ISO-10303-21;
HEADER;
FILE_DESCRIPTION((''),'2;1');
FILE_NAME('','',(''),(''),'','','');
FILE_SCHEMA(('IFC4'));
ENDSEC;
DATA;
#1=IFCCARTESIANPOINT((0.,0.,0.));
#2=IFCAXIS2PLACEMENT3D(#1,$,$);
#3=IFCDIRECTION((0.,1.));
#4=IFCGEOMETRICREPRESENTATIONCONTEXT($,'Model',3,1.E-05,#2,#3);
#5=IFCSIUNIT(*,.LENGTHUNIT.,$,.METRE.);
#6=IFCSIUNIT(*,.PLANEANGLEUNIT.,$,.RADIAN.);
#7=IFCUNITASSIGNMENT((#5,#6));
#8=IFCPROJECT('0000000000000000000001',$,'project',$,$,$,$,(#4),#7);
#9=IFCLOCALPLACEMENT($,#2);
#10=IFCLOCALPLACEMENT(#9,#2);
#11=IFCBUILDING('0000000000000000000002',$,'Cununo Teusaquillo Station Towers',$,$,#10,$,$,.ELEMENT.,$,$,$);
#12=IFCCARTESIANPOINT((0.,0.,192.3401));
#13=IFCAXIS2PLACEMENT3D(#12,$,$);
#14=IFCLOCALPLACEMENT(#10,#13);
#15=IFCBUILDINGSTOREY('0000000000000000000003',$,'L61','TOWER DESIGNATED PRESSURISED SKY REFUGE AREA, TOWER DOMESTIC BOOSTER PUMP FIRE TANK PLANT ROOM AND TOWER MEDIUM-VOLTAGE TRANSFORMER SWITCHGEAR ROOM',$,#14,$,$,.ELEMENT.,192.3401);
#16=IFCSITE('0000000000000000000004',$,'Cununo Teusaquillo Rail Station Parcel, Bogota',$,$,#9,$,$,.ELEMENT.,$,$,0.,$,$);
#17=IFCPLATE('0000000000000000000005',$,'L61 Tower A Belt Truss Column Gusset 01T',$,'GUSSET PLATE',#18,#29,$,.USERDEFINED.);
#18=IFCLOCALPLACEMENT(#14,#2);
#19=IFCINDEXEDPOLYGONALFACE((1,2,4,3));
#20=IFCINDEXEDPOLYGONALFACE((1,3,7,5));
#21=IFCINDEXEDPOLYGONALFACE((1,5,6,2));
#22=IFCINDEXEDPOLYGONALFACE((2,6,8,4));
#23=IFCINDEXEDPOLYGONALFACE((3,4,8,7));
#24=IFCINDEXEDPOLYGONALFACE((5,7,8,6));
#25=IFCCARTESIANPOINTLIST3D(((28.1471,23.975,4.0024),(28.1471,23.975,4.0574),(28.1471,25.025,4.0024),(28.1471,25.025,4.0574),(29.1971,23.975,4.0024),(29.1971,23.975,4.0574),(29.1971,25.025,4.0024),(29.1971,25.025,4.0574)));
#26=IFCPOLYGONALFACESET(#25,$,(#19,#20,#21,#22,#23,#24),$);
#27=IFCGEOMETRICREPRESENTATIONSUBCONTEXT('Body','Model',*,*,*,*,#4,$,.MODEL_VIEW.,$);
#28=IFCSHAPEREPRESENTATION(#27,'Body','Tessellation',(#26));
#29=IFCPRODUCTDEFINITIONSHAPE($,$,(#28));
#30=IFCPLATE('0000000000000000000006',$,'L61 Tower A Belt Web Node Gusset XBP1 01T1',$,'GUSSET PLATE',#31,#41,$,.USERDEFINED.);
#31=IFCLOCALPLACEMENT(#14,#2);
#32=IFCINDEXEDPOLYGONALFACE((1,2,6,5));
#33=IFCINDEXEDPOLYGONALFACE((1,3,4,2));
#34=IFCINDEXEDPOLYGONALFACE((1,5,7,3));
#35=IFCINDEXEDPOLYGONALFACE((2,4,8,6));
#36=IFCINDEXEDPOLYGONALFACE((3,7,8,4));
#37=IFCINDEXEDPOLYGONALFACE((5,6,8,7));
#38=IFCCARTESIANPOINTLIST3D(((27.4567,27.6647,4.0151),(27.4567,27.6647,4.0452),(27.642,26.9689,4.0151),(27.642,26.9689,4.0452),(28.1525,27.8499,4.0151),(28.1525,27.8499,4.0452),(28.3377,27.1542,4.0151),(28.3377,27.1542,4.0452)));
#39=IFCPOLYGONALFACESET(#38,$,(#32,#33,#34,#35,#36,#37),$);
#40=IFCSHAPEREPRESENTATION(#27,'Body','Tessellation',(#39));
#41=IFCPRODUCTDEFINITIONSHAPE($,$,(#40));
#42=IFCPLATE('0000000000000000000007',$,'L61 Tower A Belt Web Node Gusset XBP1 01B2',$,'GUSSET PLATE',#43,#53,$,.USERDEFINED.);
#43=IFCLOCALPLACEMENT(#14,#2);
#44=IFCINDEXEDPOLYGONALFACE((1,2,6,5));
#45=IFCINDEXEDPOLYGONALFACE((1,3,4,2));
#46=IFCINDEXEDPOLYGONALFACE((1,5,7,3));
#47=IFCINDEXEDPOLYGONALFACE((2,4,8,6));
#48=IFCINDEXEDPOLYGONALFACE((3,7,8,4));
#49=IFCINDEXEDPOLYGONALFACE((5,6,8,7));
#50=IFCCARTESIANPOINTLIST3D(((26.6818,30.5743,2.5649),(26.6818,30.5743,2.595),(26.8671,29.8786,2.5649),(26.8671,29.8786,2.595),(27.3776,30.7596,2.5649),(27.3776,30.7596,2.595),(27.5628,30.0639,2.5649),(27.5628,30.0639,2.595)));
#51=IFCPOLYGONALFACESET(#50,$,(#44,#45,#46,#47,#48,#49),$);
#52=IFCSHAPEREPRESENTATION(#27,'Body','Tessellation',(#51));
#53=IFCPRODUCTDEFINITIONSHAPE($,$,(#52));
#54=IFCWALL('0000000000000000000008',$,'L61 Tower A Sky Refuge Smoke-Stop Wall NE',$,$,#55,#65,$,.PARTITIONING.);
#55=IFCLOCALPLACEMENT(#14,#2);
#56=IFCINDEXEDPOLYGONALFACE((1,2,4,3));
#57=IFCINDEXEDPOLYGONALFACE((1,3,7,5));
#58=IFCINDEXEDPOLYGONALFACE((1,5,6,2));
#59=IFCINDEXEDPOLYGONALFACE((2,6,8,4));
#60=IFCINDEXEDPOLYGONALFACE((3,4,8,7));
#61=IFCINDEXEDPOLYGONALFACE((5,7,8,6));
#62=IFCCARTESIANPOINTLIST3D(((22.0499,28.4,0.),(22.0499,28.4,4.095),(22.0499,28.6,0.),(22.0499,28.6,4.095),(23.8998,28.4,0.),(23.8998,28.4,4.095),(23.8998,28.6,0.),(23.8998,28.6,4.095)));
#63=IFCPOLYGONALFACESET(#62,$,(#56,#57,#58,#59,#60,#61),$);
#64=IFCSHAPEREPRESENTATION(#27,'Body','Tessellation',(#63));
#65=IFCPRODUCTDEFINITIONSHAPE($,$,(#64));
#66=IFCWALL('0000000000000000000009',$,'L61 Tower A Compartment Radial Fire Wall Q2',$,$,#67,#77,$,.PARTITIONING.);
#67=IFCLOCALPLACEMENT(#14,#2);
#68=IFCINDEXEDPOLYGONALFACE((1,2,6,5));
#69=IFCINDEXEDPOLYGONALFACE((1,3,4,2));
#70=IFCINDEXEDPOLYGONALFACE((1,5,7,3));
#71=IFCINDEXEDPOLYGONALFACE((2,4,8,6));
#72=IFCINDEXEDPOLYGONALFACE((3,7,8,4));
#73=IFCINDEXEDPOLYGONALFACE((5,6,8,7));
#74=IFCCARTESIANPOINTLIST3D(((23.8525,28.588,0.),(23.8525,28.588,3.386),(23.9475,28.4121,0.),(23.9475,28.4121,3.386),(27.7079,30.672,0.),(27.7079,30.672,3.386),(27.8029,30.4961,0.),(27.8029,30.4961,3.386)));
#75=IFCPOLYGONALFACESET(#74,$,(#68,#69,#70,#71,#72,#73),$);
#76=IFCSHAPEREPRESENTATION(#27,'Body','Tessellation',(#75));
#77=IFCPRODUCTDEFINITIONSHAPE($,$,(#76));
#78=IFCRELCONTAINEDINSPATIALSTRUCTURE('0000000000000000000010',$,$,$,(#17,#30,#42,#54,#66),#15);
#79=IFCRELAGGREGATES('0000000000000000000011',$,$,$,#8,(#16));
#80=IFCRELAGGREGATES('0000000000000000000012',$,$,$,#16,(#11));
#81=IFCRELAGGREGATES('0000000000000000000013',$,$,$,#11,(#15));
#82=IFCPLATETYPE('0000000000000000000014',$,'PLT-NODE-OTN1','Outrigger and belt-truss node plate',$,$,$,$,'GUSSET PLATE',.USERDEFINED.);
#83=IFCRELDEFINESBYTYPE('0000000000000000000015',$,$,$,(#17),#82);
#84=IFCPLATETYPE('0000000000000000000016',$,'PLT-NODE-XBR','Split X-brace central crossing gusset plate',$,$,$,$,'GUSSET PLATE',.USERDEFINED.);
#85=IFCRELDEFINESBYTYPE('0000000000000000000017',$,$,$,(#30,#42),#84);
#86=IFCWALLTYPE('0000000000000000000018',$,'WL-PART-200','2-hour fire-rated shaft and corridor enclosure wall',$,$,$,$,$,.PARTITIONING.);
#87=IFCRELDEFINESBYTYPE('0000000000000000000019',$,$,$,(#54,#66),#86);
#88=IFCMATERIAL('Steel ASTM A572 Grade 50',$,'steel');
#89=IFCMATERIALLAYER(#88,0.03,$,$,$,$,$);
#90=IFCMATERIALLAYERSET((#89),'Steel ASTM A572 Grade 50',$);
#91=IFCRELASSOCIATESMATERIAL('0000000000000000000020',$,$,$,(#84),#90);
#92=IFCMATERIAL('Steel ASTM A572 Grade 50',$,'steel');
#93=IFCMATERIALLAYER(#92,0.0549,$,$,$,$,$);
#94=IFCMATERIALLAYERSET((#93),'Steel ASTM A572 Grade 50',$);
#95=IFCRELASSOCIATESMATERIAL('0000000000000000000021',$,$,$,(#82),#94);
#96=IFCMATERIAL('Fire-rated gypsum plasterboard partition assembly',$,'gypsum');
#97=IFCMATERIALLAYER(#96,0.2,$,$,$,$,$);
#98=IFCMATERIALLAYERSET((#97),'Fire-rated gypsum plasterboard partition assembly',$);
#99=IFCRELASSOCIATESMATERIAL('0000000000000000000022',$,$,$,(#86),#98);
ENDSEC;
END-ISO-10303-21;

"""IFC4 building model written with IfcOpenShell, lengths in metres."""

from ifc_helpers import new_model, si_unit, direction, frame, frame_2d, origin, origin_2d, place, context, subcontext, project, spatial, rectangle, extrude, source, transform, mapped, material, layer, layer_set, type_object, element, save


model = new_model("IFC4")

# Units and contexts
model_context = context("Model", 3, precision=1e-05, world=origin(), true_north=direction((0.0, 1.0)))
body_context = subcontext(model_context, "Body", "Model", "MODEL_VIEW")
ifc_project = project(units=[si_unit("LENGTHUNIT", "METRE"), si_unit("PLANEANGLEUNIT", "RADIAN")], contexts=[model_context])

# Site, building, storey
site_placement = place(None, origin())
site = spatial("IfcSite", under=ifc_project, at=site_placement, Name="Cununo Teusaquillo Rail Station Parcel, Bogota", CompositionType="ELEMENT", RefElevation=0.0)
building_placement = place(site_placement, origin())
building = spatial("IfcBuilding", under=site, at=building_placement, Name="Cununo Teusaquillo Station Towers", CompositionType="ELEMENT")
storey_placement = place(building_placement, frame((0.0, 0.0, 192.3401)))
storey = spatial("IfcBuildingStorey", under=building, at=storey_placement, Name="L61", Description="TOWER DESIGNATED PRESSURISED SKY REFUGE AREA, TOWER DOMESTIC BOOSTER PUMP FIRE TANK PLANT ROOM AND TOWER MEDIUM-VOLTAGE TRANSFORMER SWITCHGEAR ROOM", CompositionType="ELEMENT", Elevation=192.3401)

# Plates
ifc_material_1 = material(Name="Steel ASTM A572 Grade 50", Category="steel")
ifc_layer_1 = layer(ifc_material_1, 0.03)
ifc_layer_set_1 = layer_set([ifc_layer_1], Name="Steel ASTM A572 Grade 50")
plate_type_1 = type_object("IfcPlateType", Name="PLT-NODE-XBR", Description="Split X-brace central crossing gusset plate", ElementType="GUSSET PLATE", PredefinedType="USERDEFINED", material=ifc_layer_set_1)
ifc_material_2 = material(Name="Steel ASTM A572 Grade 50", Category="steel")
ifc_layer_2 = layer(ifc_material_2, 0.0549)
ifc_layer_set_2 = layer_set([ifc_layer_2], Name="Steel ASTM A572 Grade 50")
plate_type_2 = type_object("IfcPlateType", Name="PLT-NODE-OTN1", Description="Outrigger and belt-truss node plate", ElementType="GUSSET PLATE", PredefinedType="USERDEFINED", material=ifc_layer_set_2)
shared_shape_1 = source(origin(), body_context, "Body", "SweptSolid", [
    extrude(rectangle(XDim=1.05, YDim=1.05, at=origin_2d()), origin(), (0.0, 0.0, 1.0), 0.0549),
])
for number, where, z_axis, x_axis, name in (
    (1, (28.6721, 24.5, 4.0024), (0.0, 0.0, 1.0), (1.0, 0.0, 0.0), "L61 Tower A Belt Truss Column Gusset 01T"),
):
    element("IfcPlate", number, at=place(storey_placement, frame(where, z_axis=z_axis, x_axis=x_axis)), inside=storey, type_object=plate_type_2, Name=name, ObjectType="GUSSET PLATE", PredefinedType="USERDEFINED", context=body_context, shape_type="MappedRepresentation", body=[
        mapped(shared_shape_1, transform((0.0, 0.0, 0.0), x_axis=(1.0, 0.0, 0.0), y_axis=(0.0, 1.0, 0.0), z_axis=(0.0, 0.0, 1.0), scale=1.0)),
    ])
shared_shape_2 = source(origin(), body_context, "Body", "SweptSolid", [
    extrude(rectangle(XDim=0.72, YDim=0.72, at=origin_2d()), origin(), (0.0, 0.0, 1.0), 0.03),
])
for number, where, z_axis, x_axis, name in (
    (2, (27.8972, 27.4094, 4.0151), (0.0, 0.0, 1.0), (-0.257301, 0.966331, 0.0), "L61 Tower A Belt Web Node Gusset XBP1 01T1"),
    (3, (27.1223, 30.3191, 2.5649), (0.0, 0.0, 1.0), (-0.257301, 0.966331, 0.0), "L61 Tower A Belt Web Node Gusset XBP1 01B2"),
):
    element("IfcPlate", number, at=place(storey_placement, frame(where, z_axis=z_axis, x_axis=x_axis)), inside=storey, type_object=plate_type_1, Name=name, ObjectType="GUSSET PLATE", PredefinedType="USERDEFINED", context=body_context, shape_type="MappedRepresentation", body=[
        mapped(shared_shape_2, transform((0.0, 0.0, 0.0), x_axis=(1.0, 0.0, 0.0), y_axis=(0.0, 1.0, 0.0), z_axis=(0.0, 0.0, 1.0), scale=1.0)),
    ])

# Walls
ifc_material_3 = material(Name="Fire-rated gypsum plasterboard partition assembly", Category="gypsum")
ifc_layer_3 = layer(ifc_material_3, 0.2)
ifc_layer_set_3 = layer_set([ifc_layer_3], Name="Fire-rated gypsum plasterboard partition assembly")
wall_type = type_object("IfcWallType", Name="WL-PART-200", Description="2-hour fire-rated shaft and corridor enclosure wall", PredefinedType="PARTITIONING", material=ifc_layer_set_3)
wall_1_placement = place(storey_placement, frame((22.05, 28.5, 0.0), z_axis=(0.0, 0.0, 1.0), x_axis=(1.0, 0.0, 0.0)))
element("IfcWall", 4, at=wall_1_placement, inside=storey, type_object=wall_type, Name="L61 Tower A Sky Refuge Smoke-Stop Wall NE", PredefinedType="PARTITIONING", context=body_context, shape_type="SweptSolid", body=[
    extrude(rectangle(XDim=1.8499, YDim=0.2, at=frame_2d((0.9248, 0.0))), origin(), (0.0, 0.0, 1.0), 4.095),
])
wall_2_placement = place(storey_placement, frame((23.8999, 28.5, 0.0), z_axis=(0.0, 0.0, 1.0), x_axis=(0.879712, 0.475508, 0.0)))
element("IfcWall", 5, at=wall_2_placement, inside=storey, type_object=wall_type, Name="L61 Tower A Compartment Radial Fire Wall Q2", PredefinedType="PARTITIONING", context=body_context, shape_type="SweptSolid", body=[
    extrude(rectangle(XDim=4.3826, YDim=0.2, at=frame_2d((2.1914, 0.0))), origin(), (0.0, 0.0, 1.0), 3.386),
])

save(model, "model.ifc")
